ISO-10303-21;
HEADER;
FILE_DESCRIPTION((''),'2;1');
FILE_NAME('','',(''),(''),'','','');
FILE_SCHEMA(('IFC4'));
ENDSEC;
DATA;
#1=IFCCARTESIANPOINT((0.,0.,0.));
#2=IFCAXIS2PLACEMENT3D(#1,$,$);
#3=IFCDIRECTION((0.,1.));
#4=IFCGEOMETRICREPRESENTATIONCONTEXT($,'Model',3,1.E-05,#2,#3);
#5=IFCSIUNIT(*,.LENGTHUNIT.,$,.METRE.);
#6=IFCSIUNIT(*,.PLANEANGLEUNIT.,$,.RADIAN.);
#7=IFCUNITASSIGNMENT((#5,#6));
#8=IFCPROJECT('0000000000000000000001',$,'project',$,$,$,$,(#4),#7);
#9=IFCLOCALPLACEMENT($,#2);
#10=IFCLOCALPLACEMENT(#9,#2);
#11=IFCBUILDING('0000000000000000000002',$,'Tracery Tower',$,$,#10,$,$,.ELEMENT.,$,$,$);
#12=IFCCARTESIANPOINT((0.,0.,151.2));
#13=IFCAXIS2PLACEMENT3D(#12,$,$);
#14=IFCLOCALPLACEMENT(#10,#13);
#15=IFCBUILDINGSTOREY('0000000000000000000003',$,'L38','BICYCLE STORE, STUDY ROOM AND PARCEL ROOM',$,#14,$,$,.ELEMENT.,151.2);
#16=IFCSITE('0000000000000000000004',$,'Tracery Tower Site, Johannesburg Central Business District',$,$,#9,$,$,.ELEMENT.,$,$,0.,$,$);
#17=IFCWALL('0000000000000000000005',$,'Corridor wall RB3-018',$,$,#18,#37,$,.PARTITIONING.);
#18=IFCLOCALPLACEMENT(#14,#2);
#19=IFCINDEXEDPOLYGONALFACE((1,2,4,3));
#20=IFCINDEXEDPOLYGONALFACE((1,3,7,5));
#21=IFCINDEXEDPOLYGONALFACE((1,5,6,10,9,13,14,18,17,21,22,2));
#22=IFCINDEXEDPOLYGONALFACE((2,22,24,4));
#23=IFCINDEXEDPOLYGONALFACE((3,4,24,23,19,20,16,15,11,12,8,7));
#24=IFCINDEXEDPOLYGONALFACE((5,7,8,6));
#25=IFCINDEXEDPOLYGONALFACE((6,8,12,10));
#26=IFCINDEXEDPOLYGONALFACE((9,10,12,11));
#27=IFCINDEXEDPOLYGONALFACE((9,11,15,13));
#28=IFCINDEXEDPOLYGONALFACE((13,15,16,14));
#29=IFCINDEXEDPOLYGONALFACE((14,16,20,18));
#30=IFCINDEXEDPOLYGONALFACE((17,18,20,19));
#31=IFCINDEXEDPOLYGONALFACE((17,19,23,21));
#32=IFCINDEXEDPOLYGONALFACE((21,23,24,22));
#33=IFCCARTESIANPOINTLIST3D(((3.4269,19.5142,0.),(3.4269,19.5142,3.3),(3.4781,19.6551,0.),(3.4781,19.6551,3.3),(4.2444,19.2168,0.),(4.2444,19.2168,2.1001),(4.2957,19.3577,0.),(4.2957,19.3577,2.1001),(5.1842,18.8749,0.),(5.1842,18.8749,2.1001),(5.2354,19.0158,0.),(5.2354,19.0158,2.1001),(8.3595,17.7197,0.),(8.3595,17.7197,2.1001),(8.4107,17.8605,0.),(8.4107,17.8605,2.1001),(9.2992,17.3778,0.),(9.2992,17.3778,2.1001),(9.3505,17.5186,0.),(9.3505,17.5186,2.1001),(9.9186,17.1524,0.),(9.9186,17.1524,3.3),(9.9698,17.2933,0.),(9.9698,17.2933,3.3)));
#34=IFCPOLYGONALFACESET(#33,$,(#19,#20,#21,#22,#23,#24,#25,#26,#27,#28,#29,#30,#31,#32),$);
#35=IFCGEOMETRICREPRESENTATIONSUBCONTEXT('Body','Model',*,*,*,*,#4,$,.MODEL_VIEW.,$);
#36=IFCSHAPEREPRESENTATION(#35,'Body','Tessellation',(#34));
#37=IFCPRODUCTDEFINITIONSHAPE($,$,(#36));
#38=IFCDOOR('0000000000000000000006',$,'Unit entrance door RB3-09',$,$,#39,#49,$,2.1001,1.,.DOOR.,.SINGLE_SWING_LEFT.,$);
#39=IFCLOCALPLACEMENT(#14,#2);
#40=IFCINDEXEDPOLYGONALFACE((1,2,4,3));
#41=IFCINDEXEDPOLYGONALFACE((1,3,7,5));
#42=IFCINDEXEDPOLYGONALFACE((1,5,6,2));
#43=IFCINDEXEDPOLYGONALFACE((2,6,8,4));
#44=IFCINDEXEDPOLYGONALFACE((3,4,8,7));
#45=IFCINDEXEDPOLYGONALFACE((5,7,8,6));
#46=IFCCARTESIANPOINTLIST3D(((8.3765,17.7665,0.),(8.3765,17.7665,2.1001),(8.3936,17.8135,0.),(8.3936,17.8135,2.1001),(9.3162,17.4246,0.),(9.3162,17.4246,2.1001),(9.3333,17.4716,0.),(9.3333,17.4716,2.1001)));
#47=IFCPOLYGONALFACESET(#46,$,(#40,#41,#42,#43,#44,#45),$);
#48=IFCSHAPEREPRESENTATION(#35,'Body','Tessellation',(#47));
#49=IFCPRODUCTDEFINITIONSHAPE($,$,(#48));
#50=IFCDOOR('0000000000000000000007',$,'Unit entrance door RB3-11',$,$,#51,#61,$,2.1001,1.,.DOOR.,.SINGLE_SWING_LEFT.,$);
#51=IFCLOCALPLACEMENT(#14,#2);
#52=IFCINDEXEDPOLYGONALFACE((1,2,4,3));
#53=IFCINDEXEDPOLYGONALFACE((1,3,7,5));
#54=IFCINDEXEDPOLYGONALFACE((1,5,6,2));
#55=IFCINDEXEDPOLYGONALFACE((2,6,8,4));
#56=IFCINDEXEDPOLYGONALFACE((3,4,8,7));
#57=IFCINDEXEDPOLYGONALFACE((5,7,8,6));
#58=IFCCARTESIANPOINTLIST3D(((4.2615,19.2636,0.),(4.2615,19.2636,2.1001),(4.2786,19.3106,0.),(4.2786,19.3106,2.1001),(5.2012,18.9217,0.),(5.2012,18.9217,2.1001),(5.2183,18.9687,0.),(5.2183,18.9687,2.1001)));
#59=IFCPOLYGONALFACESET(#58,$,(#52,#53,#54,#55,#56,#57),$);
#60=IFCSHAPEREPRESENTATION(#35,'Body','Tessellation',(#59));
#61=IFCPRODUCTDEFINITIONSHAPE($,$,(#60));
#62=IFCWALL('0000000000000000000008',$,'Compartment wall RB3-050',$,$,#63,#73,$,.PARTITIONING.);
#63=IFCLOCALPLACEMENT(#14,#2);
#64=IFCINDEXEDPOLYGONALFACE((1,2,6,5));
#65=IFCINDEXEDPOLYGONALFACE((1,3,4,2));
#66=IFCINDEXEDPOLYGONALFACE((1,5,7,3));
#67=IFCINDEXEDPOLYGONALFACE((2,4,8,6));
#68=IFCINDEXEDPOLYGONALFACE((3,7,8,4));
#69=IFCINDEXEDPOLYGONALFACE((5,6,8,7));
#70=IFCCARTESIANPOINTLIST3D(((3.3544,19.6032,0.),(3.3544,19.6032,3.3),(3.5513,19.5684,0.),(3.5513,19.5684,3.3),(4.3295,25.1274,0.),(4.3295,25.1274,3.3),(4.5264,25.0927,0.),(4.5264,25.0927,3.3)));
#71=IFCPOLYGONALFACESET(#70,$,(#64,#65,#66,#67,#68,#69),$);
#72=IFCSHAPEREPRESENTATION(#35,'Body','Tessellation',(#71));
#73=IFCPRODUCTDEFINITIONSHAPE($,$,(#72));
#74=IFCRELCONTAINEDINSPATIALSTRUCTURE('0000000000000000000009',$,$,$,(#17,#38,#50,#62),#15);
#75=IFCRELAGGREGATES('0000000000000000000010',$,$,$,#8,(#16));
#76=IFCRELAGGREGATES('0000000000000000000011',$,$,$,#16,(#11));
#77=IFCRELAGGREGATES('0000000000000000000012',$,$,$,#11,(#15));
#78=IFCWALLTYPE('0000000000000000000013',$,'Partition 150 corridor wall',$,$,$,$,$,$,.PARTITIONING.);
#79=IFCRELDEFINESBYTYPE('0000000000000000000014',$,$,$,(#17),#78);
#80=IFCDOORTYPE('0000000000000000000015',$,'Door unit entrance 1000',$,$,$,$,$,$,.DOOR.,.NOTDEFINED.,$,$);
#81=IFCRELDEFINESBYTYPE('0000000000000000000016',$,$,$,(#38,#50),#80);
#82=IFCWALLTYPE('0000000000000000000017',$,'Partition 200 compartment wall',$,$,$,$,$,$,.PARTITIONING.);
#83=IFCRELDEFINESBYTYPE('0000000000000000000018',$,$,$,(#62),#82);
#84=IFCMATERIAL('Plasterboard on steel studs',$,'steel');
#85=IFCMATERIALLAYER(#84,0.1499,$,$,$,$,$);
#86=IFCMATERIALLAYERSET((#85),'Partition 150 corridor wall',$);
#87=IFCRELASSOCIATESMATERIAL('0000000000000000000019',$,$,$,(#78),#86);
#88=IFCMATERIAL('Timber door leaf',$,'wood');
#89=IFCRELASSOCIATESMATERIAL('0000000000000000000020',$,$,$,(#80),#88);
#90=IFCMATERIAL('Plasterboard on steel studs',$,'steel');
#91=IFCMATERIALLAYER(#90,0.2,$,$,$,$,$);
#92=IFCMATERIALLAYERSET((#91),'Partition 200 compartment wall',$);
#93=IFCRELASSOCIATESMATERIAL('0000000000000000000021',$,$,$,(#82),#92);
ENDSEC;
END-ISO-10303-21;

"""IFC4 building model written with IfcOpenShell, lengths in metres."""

from ifc_helpers import new_model, si_unit, direction, frame, frame_2d, origin, place, context, subcontext, project, spatial, rectangle, extrude, material, layer, layer_set, type_object, element, fill, save


model = new_model("IFC4")

# Units and contexts
model_context = context("Model", 3, precision=1e-05, world=origin(), true_north=direction((0.0, 1.0)))
body_context = subcontext(model_context, "Body", "Model", "MODEL_VIEW")
ifc_project = project(units=[si_unit("LENGTHUNIT", "METRE"), si_unit("PLANEANGLEUNIT", "RADIAN")], contexts=[model_context])

# Site, building, storey
site_placement = place(None, origin())
site = spatial("IfcSite", under=ifc_project, at=site_placement, Name="Tracery Tower Site, Johannesburg Central Business District", CompositionType="ELEMENT", RefElevation=0.0)
building_placement = place(site_placement, origin())
building = spatial("IfcBuilding", under=site, at=building_placement, Name="Tracery Tower", CompositionType="ELEMENT")
storey_placement = place(building_placement, frame((0.0, 0.0, 151.2)))
storey = spatial("IfcBuildingStorey", under=building, at=storey_placement, Name="L38", Description="BICYCLE STORE, STUDY ROOM AND PARCEL ROOM", CompositionType="ELEMENT", Elevation=151.2)

# Wall, openings, doors
ifc_material_1 = material(Name="Plasterboard on steel studs", Category="steel")
ifc_layer_1 = layer(ifc_material_1, 0.1499)
ifc_layer_set_1 = layer_set([ifc_layer_1], Name="Partition 150 corridor wall")
wall_type_1 = type_object("IfcWallType", Name="Partition 150 corridor wall", PredefinedType="PARTITIONING", material=ifc_layer_set_1)
wall_1_placement = place(storey_placement, frame((3.4524, 19.5847, 0.0), z_axis=(0.0, 0.0, 1.0), x_axis=(0.939738, -0.341896, 0.0)))
wall_1 = element("IfcWall", 1, at=wall_1_placement, inside=storey, type_object=wall_type_1, Name="Corridor wall RB3-018", PredefinedType="PARTITIONING", context=body_context, shape_type="SweptSolid", body=[
    extrude(rectangle(XDim=6.908, YDim=0.1499, at=frame_2d((3.4541, 0.0))), origin(), (0.0, 0.0, 1.0), 3.3),
])
opening_1_placement = place(wall_1_placement, frame((5.249, 0.0, 0.0)))
opening_1 = element("IfcOpeningElement", 2, at=opening_1_placement, cuts=wall_1, PredefinedType="OPENING", context=body_context, shape_type="SweptSolid", body=[
    extrude(rectangle(XDim=1.0, YDim=2.1001, at=frame_2d((0.5, 1.05))), frame((0.0, 0.075, 0.0), z_axis=(0.0, -1.0, 0.0), x_axis=(1.0, 0.0, 0.0)), (0.0, 0.0, 1.0), 0.1499),
])
opening_2_placement = place(wall_1_placement, frame((0.8701, 0.0, 0.0)))
opening_2 = element("IfcOpeningElement", 3, at=opening_2_placement, cuts=wall_1, PredefinedType="OPENING", context=body_context, shape_type="SweptSolid", body=[
    extrude(rectangle(XDim=1.0, YDim=2.1001, at=frame_2d((0.5, 1.05))), frame((0.0, 0.075, 0.0), z_axis=(0.0, -1.0, 0.0), x_axis=(1.0, 0.0, 0.0)), (0.0, 0.0, 1.0), 0.1499),
])
ifc_material_2 = material(Name="Timber door leaf", Category="wood")
door_type_1 = type_object("IfcDoorType", Name="Door unit entrance 1000", OperationType="NOTDEFINED", PredefinedType="DOOR", material=ifc_material_2)
door_1_placement = place(opening_1_placement, origin())
door_1 = element("IfcDoor", 4, at=door_1_placement, inside=storey, type_object=door_type_1, Name="Unit entrance door RB3-09", OperationType="SINGLE_SWING_LEFT", OverallHeight=2.1001, OverallWidth=1.0, PredefinedType="DOOR", context=body_context, shape_type="SweptSolid", body=[
    extrude(rectangle(XDim=1.0, YDim=2.1001, at=frame_2d((0.5, 1.05))), frame((0.0, 0.0249, 0.0), z_axis=(0.0, -1.0, 0.0), x_axis=(1.0, 0.0, 0.0)), (0.0, 0.0, 1.0), 0.05),
])
fill(opening_1, door_1)
door_2_placement = place(opening_2_placement, origin())
door_2 = element("IfcDoor", 5, at=door_2_placement, inside=storey, type_object=door_type_1, Name="Unit entrance door RB3-11", OperationType="SINGLE_SWING_LEFT", OverallHeight=2.1001, OverallWidth=1.0, PredefinedType="DOOR", context=body_context, shape_type="SweptSolid", body=[
    extrude(rectangle(XDim=1.0, YDim=2.1001, at=frame_2d((0.5, 1.05))), frame((0.0, 0.0249, 0.0), z_axis=(0.0, -1.0, 0.0), x_axis=(1.0, 0.0, 0.0)), (0.0, 0.0, 1.0), 0.05),
])
fill(opening_2, door_2)

# Wall
ifc_material_3 = material(Name="Plasterboard on steel studs", Category="steel")
ifc_layer_2 = layer(ifc_material_3, 0.2)
ifc_layer_set_2 = layer_set([ifc_layer_2], Name="Partition 200 compartment wall")
wall_type_2 = type_object("IfcWallType", Name="Partition 200 compartment wall", PredefinedType="PARTITIONING", material=ifc_layer_set_2)
wall_2_placement = place(storey_placement, frame((3.4529, 19.5859, 0.0), z_axis=(0.0, 0.0, 1.0), x_axis=(0.173828, 0.984776, 0.0)))
element("IfcWall", 6, at=wall_2_placement, inside=storey, type_object=wall_type_2, Name="Compartment wall RB3-050", PredefinedType="PARTITIONING", context=body_context, shape_type="SweptSolid", body=[
    extrude(rectangle(XDim=5.6096, YDim=0.2, at=frame_2d((2.8047, 0.0))), origin(), (0.0, 0.0, 1.0), 3.3),
])

save(model, "model.ifc")
